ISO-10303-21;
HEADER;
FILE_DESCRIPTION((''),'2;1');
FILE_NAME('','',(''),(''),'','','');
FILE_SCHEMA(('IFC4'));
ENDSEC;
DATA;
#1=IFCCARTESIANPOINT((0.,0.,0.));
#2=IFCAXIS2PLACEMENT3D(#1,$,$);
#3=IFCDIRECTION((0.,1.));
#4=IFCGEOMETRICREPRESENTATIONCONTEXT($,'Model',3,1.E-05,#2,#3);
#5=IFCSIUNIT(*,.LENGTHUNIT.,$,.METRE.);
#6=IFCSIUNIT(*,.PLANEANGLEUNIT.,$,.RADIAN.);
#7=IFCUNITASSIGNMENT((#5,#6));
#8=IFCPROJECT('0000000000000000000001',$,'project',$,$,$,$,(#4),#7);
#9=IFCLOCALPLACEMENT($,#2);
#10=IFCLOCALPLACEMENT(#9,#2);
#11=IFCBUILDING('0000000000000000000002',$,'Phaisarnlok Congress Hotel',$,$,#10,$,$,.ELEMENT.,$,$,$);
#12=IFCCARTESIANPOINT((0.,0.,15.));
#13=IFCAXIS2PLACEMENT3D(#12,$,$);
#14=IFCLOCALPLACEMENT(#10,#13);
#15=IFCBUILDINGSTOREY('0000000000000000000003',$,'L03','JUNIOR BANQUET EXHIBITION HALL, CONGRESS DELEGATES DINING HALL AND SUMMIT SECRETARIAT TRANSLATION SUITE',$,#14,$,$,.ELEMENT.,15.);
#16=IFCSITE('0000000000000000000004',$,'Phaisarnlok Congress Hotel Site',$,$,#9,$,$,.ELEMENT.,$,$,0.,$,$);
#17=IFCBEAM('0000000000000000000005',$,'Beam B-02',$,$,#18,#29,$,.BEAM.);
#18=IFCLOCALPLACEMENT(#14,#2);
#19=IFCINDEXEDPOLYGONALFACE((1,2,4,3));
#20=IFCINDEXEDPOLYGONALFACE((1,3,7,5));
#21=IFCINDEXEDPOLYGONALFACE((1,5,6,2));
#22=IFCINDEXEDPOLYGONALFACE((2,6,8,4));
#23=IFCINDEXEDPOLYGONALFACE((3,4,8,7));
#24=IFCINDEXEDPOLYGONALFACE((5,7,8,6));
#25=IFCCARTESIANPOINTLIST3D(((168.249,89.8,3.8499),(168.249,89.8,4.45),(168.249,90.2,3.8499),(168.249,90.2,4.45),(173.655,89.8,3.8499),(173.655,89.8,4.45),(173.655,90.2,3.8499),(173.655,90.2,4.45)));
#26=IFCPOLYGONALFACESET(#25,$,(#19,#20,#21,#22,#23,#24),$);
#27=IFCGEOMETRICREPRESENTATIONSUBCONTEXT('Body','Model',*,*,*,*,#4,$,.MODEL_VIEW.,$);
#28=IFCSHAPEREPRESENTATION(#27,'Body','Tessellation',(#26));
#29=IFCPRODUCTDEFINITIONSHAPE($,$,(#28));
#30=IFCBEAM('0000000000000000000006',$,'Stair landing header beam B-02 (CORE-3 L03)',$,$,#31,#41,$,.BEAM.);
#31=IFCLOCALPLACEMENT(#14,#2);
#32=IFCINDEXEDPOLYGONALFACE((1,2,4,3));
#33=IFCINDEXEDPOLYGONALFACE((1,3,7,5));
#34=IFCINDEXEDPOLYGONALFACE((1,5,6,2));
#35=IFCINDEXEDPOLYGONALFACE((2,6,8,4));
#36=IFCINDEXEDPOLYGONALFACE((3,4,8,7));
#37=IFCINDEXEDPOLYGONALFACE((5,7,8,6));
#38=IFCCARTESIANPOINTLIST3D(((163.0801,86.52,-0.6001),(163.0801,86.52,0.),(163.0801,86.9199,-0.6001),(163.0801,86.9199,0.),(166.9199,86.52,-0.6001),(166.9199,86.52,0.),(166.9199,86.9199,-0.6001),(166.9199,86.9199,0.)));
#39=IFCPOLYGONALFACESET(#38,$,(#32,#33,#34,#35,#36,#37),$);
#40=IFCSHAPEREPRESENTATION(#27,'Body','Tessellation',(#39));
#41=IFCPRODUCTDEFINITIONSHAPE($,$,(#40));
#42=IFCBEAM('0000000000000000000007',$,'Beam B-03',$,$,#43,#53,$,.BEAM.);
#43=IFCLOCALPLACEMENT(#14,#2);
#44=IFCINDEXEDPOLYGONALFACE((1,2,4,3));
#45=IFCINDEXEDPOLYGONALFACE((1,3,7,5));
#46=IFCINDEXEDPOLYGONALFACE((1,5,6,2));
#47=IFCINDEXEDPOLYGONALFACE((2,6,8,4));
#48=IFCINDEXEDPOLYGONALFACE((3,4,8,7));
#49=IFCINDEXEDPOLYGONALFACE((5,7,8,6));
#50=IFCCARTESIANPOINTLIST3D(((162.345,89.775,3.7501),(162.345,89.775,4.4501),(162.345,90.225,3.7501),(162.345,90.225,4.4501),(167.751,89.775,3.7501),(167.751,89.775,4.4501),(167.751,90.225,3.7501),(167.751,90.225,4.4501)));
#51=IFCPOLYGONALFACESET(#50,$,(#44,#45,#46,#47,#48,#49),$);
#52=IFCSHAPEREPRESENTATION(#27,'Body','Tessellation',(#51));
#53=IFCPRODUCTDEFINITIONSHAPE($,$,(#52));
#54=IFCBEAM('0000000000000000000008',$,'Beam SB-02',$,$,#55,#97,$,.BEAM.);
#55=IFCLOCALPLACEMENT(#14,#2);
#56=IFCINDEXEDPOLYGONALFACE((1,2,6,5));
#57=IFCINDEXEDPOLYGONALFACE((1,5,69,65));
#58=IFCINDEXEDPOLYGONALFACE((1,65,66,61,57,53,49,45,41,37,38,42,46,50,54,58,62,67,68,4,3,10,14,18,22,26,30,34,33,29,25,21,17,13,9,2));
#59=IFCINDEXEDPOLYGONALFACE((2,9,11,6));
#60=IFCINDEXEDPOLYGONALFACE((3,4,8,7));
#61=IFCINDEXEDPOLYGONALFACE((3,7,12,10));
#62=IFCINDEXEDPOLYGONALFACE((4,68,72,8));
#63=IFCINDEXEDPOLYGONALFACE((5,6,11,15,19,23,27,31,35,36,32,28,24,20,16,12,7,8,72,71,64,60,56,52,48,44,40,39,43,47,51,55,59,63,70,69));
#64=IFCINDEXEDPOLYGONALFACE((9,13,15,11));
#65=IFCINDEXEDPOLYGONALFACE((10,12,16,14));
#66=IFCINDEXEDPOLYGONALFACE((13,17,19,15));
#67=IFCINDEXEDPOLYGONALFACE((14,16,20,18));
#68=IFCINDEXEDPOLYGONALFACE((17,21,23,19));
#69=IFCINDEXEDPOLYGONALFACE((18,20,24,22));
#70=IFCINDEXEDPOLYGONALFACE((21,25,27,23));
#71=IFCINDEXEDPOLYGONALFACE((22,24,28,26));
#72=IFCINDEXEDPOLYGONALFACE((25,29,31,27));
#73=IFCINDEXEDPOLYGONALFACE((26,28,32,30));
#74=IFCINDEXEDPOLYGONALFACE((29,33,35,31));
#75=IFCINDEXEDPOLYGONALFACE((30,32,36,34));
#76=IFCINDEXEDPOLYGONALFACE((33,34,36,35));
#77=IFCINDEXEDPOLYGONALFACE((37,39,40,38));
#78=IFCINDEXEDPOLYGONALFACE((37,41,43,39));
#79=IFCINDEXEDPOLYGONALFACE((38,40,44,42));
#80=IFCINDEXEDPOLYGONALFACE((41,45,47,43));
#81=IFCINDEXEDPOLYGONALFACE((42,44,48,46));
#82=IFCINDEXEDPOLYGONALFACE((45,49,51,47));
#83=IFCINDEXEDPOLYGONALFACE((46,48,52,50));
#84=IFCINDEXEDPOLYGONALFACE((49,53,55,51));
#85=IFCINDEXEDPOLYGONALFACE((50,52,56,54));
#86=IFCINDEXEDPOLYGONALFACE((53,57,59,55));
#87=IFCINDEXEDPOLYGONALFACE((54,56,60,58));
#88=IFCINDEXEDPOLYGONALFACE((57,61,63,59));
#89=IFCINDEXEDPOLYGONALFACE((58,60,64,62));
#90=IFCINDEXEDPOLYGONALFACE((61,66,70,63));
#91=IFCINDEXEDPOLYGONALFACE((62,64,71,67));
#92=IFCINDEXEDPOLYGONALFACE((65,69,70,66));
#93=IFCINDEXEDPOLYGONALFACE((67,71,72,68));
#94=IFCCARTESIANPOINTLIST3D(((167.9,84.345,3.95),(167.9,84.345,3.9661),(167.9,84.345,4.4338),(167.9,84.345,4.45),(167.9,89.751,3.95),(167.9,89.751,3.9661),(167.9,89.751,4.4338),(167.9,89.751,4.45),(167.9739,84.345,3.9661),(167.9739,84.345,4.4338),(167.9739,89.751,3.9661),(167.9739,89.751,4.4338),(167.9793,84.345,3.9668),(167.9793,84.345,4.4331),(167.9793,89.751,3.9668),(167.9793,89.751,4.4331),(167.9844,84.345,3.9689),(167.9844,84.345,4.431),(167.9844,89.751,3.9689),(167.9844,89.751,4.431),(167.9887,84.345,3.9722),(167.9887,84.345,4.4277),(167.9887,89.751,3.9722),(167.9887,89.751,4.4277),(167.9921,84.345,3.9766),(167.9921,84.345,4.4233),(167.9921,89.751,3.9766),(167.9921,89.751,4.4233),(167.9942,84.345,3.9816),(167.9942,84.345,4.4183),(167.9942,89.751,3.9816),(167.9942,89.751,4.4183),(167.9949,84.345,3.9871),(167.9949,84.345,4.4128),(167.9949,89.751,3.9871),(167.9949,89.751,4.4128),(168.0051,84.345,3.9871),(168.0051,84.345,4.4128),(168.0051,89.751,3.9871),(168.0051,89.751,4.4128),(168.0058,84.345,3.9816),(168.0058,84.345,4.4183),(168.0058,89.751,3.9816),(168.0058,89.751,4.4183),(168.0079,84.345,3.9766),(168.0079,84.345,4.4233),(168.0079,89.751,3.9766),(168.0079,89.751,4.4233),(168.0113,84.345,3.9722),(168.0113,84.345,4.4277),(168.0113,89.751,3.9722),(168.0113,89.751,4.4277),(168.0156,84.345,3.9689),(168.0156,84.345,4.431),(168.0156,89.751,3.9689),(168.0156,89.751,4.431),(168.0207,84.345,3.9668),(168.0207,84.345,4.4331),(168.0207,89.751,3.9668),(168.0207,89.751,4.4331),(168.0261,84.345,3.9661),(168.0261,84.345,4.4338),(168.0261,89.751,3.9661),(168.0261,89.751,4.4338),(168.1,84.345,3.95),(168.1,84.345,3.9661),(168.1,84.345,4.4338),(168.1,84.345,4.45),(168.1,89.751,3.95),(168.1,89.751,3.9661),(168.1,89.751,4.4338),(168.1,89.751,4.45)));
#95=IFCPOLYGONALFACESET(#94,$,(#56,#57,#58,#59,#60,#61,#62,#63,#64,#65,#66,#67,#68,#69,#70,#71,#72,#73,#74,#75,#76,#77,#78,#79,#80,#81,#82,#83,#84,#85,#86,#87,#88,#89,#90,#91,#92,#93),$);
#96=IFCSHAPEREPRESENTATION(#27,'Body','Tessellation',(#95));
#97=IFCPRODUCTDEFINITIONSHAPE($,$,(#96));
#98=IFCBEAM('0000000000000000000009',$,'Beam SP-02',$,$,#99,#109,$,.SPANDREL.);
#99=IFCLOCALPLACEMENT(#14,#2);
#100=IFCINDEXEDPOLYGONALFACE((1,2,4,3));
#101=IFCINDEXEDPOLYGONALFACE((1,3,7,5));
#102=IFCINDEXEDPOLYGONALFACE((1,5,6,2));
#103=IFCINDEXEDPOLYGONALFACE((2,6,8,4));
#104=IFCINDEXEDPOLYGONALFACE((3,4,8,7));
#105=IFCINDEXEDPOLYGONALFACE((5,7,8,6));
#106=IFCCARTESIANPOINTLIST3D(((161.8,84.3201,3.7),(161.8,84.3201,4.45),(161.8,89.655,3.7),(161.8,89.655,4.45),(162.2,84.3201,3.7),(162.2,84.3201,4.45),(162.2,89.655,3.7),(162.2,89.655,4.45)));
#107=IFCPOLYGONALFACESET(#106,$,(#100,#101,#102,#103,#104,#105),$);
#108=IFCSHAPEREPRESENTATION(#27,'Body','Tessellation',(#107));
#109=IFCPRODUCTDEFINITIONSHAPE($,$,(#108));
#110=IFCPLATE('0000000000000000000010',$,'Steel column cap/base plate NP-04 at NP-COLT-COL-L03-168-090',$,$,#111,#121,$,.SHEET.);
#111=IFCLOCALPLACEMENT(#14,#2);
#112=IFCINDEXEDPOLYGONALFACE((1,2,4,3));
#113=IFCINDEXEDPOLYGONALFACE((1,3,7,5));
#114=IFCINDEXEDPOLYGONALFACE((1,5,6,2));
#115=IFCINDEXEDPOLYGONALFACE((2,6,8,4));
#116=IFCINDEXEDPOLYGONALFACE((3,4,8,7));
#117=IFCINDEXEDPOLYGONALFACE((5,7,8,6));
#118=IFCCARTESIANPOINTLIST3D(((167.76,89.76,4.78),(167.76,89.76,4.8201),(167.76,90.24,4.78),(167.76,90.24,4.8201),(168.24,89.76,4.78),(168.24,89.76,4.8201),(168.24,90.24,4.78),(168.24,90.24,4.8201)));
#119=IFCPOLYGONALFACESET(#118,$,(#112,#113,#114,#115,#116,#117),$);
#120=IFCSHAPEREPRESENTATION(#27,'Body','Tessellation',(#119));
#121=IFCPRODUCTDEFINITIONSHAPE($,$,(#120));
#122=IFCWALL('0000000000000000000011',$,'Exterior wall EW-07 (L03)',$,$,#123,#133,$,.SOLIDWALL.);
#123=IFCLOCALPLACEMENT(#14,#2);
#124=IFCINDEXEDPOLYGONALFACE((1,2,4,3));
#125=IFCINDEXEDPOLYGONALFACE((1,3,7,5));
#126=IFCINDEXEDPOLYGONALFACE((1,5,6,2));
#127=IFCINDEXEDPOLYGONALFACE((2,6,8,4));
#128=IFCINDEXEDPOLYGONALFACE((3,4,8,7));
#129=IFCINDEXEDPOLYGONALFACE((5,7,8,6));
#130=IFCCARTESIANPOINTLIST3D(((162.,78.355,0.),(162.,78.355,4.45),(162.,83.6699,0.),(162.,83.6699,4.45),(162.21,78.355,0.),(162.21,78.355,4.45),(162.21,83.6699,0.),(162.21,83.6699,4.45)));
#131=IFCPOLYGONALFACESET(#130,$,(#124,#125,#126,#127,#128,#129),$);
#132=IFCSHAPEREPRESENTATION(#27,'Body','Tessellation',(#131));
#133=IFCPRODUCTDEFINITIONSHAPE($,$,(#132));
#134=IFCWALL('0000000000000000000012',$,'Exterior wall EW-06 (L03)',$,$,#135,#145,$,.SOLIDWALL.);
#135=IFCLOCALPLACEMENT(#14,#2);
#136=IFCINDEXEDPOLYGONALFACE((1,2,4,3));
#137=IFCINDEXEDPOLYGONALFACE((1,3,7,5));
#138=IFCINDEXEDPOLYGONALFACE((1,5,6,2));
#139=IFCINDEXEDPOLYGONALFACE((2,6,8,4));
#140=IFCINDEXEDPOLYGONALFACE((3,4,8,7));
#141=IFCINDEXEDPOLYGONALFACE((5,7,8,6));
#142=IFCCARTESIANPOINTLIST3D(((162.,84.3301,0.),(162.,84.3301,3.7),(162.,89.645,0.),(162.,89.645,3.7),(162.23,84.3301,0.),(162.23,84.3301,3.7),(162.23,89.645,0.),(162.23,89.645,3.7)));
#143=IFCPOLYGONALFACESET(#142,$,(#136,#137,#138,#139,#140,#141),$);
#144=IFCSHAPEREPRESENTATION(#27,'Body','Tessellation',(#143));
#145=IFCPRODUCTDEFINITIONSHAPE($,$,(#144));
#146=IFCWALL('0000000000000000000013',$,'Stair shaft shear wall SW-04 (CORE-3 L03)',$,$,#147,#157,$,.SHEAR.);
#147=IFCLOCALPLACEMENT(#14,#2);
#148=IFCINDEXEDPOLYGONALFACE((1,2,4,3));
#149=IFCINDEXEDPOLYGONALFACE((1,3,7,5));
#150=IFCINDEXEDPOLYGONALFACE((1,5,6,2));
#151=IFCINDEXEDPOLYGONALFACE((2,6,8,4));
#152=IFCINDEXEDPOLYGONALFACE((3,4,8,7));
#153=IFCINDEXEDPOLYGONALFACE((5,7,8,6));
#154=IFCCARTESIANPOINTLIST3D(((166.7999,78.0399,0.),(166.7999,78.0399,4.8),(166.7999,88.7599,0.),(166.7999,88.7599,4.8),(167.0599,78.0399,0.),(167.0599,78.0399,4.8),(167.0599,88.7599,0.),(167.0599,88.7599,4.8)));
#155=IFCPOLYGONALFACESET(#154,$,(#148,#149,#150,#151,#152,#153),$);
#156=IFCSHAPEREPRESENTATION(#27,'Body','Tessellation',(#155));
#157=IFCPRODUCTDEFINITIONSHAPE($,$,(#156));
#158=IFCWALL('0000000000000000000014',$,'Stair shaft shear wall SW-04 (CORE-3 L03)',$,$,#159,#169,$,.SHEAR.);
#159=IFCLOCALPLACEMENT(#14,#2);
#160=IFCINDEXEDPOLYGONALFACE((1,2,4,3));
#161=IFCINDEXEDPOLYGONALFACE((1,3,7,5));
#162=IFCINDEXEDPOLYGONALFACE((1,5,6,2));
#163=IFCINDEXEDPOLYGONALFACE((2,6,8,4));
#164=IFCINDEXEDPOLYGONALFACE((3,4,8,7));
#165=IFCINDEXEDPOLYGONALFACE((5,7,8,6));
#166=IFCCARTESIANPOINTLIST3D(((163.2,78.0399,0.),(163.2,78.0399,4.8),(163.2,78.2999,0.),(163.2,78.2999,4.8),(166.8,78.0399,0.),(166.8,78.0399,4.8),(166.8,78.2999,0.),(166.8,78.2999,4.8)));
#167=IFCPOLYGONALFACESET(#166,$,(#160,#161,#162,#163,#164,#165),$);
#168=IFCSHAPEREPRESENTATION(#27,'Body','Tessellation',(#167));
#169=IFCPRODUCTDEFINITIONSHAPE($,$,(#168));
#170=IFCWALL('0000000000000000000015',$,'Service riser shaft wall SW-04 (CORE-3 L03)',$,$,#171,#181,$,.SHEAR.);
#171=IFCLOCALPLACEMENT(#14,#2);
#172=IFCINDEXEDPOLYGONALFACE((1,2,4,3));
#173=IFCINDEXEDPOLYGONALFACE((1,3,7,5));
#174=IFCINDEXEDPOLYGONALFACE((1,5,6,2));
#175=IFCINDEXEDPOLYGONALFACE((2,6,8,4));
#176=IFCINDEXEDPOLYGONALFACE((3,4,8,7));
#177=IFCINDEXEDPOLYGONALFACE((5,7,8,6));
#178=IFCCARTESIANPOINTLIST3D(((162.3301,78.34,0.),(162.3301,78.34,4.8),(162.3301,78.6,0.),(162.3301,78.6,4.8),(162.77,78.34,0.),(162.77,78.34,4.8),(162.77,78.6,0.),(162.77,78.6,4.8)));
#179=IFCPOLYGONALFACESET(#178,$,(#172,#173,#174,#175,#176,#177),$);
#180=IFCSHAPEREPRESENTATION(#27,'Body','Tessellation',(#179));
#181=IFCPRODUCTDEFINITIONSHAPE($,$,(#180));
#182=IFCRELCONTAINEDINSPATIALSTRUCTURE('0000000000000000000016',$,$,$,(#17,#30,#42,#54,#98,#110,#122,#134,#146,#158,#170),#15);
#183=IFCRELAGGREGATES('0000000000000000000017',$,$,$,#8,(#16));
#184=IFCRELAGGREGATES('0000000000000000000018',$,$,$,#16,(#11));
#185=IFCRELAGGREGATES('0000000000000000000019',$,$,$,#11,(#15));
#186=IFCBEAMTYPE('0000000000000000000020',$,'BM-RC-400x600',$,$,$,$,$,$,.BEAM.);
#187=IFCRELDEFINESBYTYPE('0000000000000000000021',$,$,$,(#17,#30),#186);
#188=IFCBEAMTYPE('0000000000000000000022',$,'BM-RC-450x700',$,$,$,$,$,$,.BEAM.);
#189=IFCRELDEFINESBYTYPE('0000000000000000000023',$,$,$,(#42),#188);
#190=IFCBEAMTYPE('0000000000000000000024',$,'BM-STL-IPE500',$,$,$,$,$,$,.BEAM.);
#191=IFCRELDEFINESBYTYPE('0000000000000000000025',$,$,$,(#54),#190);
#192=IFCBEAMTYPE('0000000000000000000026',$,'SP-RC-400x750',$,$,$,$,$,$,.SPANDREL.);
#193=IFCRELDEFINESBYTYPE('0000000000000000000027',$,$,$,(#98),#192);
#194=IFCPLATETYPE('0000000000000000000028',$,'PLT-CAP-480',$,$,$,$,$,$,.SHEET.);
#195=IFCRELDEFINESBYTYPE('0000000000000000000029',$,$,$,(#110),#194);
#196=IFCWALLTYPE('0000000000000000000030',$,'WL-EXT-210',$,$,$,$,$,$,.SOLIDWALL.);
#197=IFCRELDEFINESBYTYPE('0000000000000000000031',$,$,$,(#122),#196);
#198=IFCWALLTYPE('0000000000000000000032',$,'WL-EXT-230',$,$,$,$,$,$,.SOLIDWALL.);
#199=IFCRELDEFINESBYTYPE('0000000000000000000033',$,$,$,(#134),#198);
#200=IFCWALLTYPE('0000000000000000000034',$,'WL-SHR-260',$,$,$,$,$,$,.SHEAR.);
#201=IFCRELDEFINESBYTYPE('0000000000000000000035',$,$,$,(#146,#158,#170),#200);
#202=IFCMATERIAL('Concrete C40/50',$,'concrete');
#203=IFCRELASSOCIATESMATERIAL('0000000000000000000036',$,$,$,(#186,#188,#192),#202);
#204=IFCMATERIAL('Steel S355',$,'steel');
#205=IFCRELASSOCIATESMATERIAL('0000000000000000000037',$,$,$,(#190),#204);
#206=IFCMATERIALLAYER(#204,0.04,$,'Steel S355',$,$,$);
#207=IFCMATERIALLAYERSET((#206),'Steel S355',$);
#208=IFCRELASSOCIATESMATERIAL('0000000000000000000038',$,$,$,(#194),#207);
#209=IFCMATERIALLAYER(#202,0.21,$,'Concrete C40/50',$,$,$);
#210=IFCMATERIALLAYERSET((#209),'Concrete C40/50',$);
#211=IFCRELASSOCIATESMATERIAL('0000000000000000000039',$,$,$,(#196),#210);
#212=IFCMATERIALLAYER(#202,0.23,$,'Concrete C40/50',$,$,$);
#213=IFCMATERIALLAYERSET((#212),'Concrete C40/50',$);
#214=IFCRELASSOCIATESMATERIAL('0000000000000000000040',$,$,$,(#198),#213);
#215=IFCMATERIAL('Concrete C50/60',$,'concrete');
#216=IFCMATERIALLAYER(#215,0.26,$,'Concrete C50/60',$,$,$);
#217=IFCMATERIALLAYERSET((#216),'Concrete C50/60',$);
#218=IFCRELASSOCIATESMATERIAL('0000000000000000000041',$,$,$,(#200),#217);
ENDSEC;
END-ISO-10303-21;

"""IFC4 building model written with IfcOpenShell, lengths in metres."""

from ifc_helpers import new_model, si_unit, direction, frame, frame_2d, origin, origin_2d, place, context, subcontext, project, spatial, rectangle, i_section, extrude, material, layer, layer_set, material_profile, profile_set, type_object, element, save


model = new_model("IFC4")

# Units and contexts
model_context = context("Model", 3, precision=1e-05, world=origin(), true_north=direction((0.0, 1.0)))
body_context = subcontext(model_context, "Body", "Model", "MODEL_VIEW")
ifc_project = project(units=[si_unit("LENGTHUNIT", "METRE"), si_unit("PLANEANGLEUNIT", "RADIAN")], contexts=[model_context])

# Site, building, storey
site_placement = place(None, origin())
site = spatial("IfcSite", under=ifc_project, at=site_placement, Name="Phaisarnlok Congress Hotel Site", CompositionType="ELEMENT", RefElevation=0.0)
building_placement = place(site_placement, origin())
building = spatial("IfcBuilding", under=site, at=building_placement, Name="Phaisarnlok Congress Hotel", CompositionType="ELEMENT")
storey_placement = place(building_placement, frame((0.0, 0.0, 15.0)))
storey = spatial("IfcBuildingStorey", under=building, at=storey_placement, Name="L03", Description="JUNIOR BANQUET EXHIBITION HALL, CONGRESS DELEGATES DINING HALL AND SUMMIT SECRETARIAT TRANSLATION SUITE", CompositionType="ELEMENT", Elevation=15.0)

# Shared definitions
ifc_material_1 = material(Name="Concrete C50/60", Category="concrete")
ifc_material_2 = material(Name="Steel S355", Category="steel")

# Beams
ifc_material_3 = material(Name="Concrete C40/50", Category="concrete")
ifc_material_profile_1 = material_profile(ifc_material_3, rectangle(XDim=0.3999, YDim=0.6001, at=origin_2d()), Name="RC 400x600")
ifc_profile_set_1 = profile_set([ifc_material_profile_1], Name="Concrete C40/50")
beam_type_1 = type_object("IfcBeamType", Name="BM-RC-400x600", PredefinedType="BEAM", material=ifc_profile_set_1)
beam_1_placement = place(storey_placement, frame((168.249, 90.0, 4.1499), z_axis=(1.0, 0.0, 0.0), x_axis=(0.0, 1.0, 0.0)))
element("IfcBeam", 1, at=beam_1_placement, inside=storey, type_object=beam_type_1, Name="Beam B-02", PredefinedType="BEAM", context=body_context, shape_type="SweptSolid", body=[
    extrude(rectangle(XDim=0.3999, YDim=0.6001, at=origin_2d()), origin(), (0.0, 0.0, 1.0), 5.406),
])
beam_2_placement = place(storey_placement, frame((163.0801, 86.72, -0.3), z_axis=(1.0, 0.0, 0.0), x_axis=(0.0, 1.0, 0.0)))
element("IfcBeam", 2, at=beam_2_placement, inside=storey, type_object=beam_type_1, Name="Stair landing header beam B-02 (CORE-3 L03)", PredefinedType="BEAM", context=body_context, shape_type="SweptSolid", body=[
    extrude(rectangle(XDim=0.3999, YDim=0.6001, at=origin_2d()), origin(), (0.0, 0.0, 1.0), 3.8398),
])
ifc_material_profile_2 = material_profile(ifc_material_3, rectangle(XDim=0.45, YDim=0.7, at=origin_2d()), Name="RC 450x700")
ifc_profile_set_2 = profile_set([ifc_material_profile_2], Name="Concrete C40/50")
beam_type_2 = type_object("IfcBeamType", Name="BM-RC-450x700", PredefinedType="BEAM", material=ifc_profile_set_2)
beam_3_placement = place(storey_placement, frame((162.345, 90.0, 4.1001), z_axis=(1.0, 0.0, 0.0), x_axis=(0.0, 1.0, 0.0)))
element("IfcBeam", 3, at=beam_3_placement, inside=storey, type_object=beam_type_2, Name="Beam B-03", PredefinedType="BEAM", context=body_context, shape_type="SweptSolid", body=[
    extrude(rectangle(XDim=0.45, YDim=0.7, at=origin_2d()), origin(), (0.0, 0.0, 1.0), 5.406),
])
ifc_material_profile_3 = material_profile(ifc_material_2, i_section(OverallWidth=0.2, OverallDepth=0.5, WebThickness=0.0103, FlangeThickness=0.0161, FilletRadius=0.021, at=origin_2d()), Name="IPE 500")
ifc_profile_set_3 = profile_set([ifc_material_profile_3], Name="Steel S355")
beam_type_3 = type_object("IfcBeamType", Name="BM-STL-IPE500", PredefinedType="BEAM", material=ifc_profile_set_3)
beam_4_placement = place(storey_placement, frame((168.0, 84.345, 4.2), z_axis=(0.0, 1.0, 0.0), x_axis=(-1.0, 0.0, 0.0)))
element("IfcBeam", 4, at=beam_4_placement, inside=storey, type_object=beam_type_3, Name="Beam SB-02", PredefinedType="BEAM", context=body_context, shape_type="SweptSolid", body=[
    extrude(i_section(OverallWidth=0.2, OverallDepth=0.5, WebThickness=0.0103, FlangeThickness=0.0161, FilletRadius=0.021, at=origin_2d()), origin(), (0.0, 0.0, 1.0), 5.406),
])
ifc_material_profile_4 = material_profile(ifc_material_3, rectangle(XDim=0.3999, YDim=0.75, at=origin_2d()), Name="RC 400x750")
ifc_profile_set_4 = profile_set([ifc_material_profile_4], Name="Concrete C40/50")
beam_type_4 = type_object("IfcBeamType", Name="SP-RC-400x750", PredefinedType="SPANDREL", material=ifc_profile_set_4)
beam_5_placement = place(storey_placement, frame((162.0, 84.3201, 4.075), z_axis=(0.0, 1.0, 0.0), x_axis=(-1.0, 0.0, 0.0)))
element("IfcBeam", 5, at=beam_5_placement, inside=storey, type_object=beam_type_4, Name="Beam SP-02", PredefinedType="SPANDREL", context=body_context, shape_type="SweptSolid", body=[
    extrude(rectangle(XDim=0.3999, YDim=0.75, at=origin_2d()), origin(), (0.0, 0.0, 1.0), 5.335),
])

# Plate
ifc_layer_1 = layer(ifc_material_2, 0.04, Name="Steel S355")
ifc_layer_set_1 = layer_set([ifc_layer_1], Name="Steel S355")
plate_type = type_object("IfcPlateType", Name="PLT-CAP-480", PredefinedType="SHEET", material=ifc_layer_set_1)
plate_placement = place(storey_placement, frame((168.0, 90.0, 4.78), z_axis=(0.0, 0.0, 1.0), x_axis=(1.0, 0.0, 0.0)))
element("IfcPlate", 6, at=plate_placement, inside=storey, type_object=plate_type, Name="Steel column cap/base plate NP-04 at NP-COLT-COL-L03-168-090", PredefinedType="SHEET", context=body_context, shape_type="SweptSolid", body=[
    extrude(rectangle(XDim=0.48, YDim=0.48, at=origin_2d()), origin(), (0.0, 0.0, 1.0), 0.04),
])

# Walls
ifc_layer_2 = layer(ifc_material_3, 0.21, Name="Concrete C40/50")
ifc_layer_set_2 = layer_set([ifc_layer_2], Name="Concrete C40/50")
wall_type_1 = type_object("IfcWallType", Name="WL-EXT-210", PredefinedType="SOLIDWALL", material=ifc_layer_set_2)
wall_1_placement = place(storey_placement, frame((162.105, 83.6699, 0.0), z_axis=(0.0, 0.0, 1.0), x_axis=(0.0, -1.0, 0.0)))
element("IfcWall", 7, at=wall_1_placement, inside=storey, type_object=wall_type_1, Name="Exterior wall EW-07 (L03)", PredefinedType="SOLIDWALL", context=body_context, shape_type="SweptSolid", body=[
    extrude(rectangle(XDim=5.3149, YDim=0.21, at=frame_2d((2.6575, 0.0))), origin(), (0.0, 0.0, 1.0), 4.45),
])
ifc_layer_3 = layer(ifc_material_3, 0.23, Name="Concrete C40/50")
ifc_layer_set_3 = layer_set([ifc_layer_3], Name="Concrete C40/50")
wall_type_2 = type_object("IfcWallType", Name="WL-EXT-230", PredefinedType="SOLIDWALL", material=ifc_layer_set_3)
wall_2_placement = place(storey_placement, frame((162.115, 89.645, 0.0), z_axis=(0.0, 0.0, 1.0), x_axis=(0.0, -1.0, 0.0)))
element("IfcWall", 8, at=wall_2_placement, inside=storey, type_object=wall_type_2, Name="Exterior wall EW-06 (L03)", PredefinedType="SOLIDWALL", context=body_context, shape_type="SweptSolid", body=[
    extrude(rectangle(XDim=5.3149, YDim=0.23, at=frame_2d((2.6575, 0.0))), origin(), (0.0, 0.0, 1.0), 3.7),
])
ifc_layer_4 = layer(ifc_material_1, 0.26, Name="Concrete C50/60")
ifc_layer_set_4 = layer_set([ifc_layer_4], Name="Concrete C50/60")
wall_type_3 = type_object("IfcWallType", Name="WL-SHR-260", PredefinedType="SHEAR", material=ifc_layer_set_4)
wall_3_placement = place(storey_placement, frame((166.9299, 78.04, 0.0), z_axis=(0.0, 0.0, 1.0), x_axis=(0.0, 1.0, 0.0)))
element("IfcWall", 9, at=wall_3_placement, inside=storey, type_object=wall_type_3, Name="Stair shaft shear wall SW-04 (CORE-3 L03)", PredefinedType="SHEAR", context=body_context, shape_type="SweptSolid", body=[
    extrude(rectangle(XDim=10.72, YDim=0.26, at=frame_2d((5.3599, 0.0))), origin(), (0.0, 0.0, 1.0), 4.8),
])
wall_4_placement = place(storey_placement, frame((163.2, 78.1699, 0.0), z_axis=(0.0, 0.0, 1.0), x_axis=(1.0, 0.0, 0.0)))
element("IfcWall", 10, at=wall_4_placement, inside=storey, type_object=wall_type_3, Name="Stair shaft shear wall SW-04 (CORE-3 L03)", PredefinedType="SHEAR", context=body_context, shape_type="SweptSolid", body=[
    extrude(rectangle(XDim=3.6001, YDim=0.26, at=frame_2d((1.8, 0.0))), origin(), (0.0, 0.0, 1.0), 4.8),
])

# Wall
for number, where, z_axis, x_axis, name in (
    (11, (162.3301, 78.47, 0.0), (0.0, 0.0, 1.0), (1.0, 0.0, 0.0), "Service riser shaft wall SW-04 (CORE-3 L03)"),
):
    element("IfcWall", number, at=place(storey_placement, frame(where, z_axis=z_axis, x_axis=x_axis)), inside=storey, type_object=wall_type_3, Name=name, PredefinedType="SHEAR", context=body_context, shape_type="SweptSolid", body=[
        extrude(rectangle(XDim=0.4399, YDim=0.26, at=frame_2d((0.22, 0.0))), origin(), (0.0, 0.0, 1.0), 4.8),
    ])

save(model, "model.ifc")
